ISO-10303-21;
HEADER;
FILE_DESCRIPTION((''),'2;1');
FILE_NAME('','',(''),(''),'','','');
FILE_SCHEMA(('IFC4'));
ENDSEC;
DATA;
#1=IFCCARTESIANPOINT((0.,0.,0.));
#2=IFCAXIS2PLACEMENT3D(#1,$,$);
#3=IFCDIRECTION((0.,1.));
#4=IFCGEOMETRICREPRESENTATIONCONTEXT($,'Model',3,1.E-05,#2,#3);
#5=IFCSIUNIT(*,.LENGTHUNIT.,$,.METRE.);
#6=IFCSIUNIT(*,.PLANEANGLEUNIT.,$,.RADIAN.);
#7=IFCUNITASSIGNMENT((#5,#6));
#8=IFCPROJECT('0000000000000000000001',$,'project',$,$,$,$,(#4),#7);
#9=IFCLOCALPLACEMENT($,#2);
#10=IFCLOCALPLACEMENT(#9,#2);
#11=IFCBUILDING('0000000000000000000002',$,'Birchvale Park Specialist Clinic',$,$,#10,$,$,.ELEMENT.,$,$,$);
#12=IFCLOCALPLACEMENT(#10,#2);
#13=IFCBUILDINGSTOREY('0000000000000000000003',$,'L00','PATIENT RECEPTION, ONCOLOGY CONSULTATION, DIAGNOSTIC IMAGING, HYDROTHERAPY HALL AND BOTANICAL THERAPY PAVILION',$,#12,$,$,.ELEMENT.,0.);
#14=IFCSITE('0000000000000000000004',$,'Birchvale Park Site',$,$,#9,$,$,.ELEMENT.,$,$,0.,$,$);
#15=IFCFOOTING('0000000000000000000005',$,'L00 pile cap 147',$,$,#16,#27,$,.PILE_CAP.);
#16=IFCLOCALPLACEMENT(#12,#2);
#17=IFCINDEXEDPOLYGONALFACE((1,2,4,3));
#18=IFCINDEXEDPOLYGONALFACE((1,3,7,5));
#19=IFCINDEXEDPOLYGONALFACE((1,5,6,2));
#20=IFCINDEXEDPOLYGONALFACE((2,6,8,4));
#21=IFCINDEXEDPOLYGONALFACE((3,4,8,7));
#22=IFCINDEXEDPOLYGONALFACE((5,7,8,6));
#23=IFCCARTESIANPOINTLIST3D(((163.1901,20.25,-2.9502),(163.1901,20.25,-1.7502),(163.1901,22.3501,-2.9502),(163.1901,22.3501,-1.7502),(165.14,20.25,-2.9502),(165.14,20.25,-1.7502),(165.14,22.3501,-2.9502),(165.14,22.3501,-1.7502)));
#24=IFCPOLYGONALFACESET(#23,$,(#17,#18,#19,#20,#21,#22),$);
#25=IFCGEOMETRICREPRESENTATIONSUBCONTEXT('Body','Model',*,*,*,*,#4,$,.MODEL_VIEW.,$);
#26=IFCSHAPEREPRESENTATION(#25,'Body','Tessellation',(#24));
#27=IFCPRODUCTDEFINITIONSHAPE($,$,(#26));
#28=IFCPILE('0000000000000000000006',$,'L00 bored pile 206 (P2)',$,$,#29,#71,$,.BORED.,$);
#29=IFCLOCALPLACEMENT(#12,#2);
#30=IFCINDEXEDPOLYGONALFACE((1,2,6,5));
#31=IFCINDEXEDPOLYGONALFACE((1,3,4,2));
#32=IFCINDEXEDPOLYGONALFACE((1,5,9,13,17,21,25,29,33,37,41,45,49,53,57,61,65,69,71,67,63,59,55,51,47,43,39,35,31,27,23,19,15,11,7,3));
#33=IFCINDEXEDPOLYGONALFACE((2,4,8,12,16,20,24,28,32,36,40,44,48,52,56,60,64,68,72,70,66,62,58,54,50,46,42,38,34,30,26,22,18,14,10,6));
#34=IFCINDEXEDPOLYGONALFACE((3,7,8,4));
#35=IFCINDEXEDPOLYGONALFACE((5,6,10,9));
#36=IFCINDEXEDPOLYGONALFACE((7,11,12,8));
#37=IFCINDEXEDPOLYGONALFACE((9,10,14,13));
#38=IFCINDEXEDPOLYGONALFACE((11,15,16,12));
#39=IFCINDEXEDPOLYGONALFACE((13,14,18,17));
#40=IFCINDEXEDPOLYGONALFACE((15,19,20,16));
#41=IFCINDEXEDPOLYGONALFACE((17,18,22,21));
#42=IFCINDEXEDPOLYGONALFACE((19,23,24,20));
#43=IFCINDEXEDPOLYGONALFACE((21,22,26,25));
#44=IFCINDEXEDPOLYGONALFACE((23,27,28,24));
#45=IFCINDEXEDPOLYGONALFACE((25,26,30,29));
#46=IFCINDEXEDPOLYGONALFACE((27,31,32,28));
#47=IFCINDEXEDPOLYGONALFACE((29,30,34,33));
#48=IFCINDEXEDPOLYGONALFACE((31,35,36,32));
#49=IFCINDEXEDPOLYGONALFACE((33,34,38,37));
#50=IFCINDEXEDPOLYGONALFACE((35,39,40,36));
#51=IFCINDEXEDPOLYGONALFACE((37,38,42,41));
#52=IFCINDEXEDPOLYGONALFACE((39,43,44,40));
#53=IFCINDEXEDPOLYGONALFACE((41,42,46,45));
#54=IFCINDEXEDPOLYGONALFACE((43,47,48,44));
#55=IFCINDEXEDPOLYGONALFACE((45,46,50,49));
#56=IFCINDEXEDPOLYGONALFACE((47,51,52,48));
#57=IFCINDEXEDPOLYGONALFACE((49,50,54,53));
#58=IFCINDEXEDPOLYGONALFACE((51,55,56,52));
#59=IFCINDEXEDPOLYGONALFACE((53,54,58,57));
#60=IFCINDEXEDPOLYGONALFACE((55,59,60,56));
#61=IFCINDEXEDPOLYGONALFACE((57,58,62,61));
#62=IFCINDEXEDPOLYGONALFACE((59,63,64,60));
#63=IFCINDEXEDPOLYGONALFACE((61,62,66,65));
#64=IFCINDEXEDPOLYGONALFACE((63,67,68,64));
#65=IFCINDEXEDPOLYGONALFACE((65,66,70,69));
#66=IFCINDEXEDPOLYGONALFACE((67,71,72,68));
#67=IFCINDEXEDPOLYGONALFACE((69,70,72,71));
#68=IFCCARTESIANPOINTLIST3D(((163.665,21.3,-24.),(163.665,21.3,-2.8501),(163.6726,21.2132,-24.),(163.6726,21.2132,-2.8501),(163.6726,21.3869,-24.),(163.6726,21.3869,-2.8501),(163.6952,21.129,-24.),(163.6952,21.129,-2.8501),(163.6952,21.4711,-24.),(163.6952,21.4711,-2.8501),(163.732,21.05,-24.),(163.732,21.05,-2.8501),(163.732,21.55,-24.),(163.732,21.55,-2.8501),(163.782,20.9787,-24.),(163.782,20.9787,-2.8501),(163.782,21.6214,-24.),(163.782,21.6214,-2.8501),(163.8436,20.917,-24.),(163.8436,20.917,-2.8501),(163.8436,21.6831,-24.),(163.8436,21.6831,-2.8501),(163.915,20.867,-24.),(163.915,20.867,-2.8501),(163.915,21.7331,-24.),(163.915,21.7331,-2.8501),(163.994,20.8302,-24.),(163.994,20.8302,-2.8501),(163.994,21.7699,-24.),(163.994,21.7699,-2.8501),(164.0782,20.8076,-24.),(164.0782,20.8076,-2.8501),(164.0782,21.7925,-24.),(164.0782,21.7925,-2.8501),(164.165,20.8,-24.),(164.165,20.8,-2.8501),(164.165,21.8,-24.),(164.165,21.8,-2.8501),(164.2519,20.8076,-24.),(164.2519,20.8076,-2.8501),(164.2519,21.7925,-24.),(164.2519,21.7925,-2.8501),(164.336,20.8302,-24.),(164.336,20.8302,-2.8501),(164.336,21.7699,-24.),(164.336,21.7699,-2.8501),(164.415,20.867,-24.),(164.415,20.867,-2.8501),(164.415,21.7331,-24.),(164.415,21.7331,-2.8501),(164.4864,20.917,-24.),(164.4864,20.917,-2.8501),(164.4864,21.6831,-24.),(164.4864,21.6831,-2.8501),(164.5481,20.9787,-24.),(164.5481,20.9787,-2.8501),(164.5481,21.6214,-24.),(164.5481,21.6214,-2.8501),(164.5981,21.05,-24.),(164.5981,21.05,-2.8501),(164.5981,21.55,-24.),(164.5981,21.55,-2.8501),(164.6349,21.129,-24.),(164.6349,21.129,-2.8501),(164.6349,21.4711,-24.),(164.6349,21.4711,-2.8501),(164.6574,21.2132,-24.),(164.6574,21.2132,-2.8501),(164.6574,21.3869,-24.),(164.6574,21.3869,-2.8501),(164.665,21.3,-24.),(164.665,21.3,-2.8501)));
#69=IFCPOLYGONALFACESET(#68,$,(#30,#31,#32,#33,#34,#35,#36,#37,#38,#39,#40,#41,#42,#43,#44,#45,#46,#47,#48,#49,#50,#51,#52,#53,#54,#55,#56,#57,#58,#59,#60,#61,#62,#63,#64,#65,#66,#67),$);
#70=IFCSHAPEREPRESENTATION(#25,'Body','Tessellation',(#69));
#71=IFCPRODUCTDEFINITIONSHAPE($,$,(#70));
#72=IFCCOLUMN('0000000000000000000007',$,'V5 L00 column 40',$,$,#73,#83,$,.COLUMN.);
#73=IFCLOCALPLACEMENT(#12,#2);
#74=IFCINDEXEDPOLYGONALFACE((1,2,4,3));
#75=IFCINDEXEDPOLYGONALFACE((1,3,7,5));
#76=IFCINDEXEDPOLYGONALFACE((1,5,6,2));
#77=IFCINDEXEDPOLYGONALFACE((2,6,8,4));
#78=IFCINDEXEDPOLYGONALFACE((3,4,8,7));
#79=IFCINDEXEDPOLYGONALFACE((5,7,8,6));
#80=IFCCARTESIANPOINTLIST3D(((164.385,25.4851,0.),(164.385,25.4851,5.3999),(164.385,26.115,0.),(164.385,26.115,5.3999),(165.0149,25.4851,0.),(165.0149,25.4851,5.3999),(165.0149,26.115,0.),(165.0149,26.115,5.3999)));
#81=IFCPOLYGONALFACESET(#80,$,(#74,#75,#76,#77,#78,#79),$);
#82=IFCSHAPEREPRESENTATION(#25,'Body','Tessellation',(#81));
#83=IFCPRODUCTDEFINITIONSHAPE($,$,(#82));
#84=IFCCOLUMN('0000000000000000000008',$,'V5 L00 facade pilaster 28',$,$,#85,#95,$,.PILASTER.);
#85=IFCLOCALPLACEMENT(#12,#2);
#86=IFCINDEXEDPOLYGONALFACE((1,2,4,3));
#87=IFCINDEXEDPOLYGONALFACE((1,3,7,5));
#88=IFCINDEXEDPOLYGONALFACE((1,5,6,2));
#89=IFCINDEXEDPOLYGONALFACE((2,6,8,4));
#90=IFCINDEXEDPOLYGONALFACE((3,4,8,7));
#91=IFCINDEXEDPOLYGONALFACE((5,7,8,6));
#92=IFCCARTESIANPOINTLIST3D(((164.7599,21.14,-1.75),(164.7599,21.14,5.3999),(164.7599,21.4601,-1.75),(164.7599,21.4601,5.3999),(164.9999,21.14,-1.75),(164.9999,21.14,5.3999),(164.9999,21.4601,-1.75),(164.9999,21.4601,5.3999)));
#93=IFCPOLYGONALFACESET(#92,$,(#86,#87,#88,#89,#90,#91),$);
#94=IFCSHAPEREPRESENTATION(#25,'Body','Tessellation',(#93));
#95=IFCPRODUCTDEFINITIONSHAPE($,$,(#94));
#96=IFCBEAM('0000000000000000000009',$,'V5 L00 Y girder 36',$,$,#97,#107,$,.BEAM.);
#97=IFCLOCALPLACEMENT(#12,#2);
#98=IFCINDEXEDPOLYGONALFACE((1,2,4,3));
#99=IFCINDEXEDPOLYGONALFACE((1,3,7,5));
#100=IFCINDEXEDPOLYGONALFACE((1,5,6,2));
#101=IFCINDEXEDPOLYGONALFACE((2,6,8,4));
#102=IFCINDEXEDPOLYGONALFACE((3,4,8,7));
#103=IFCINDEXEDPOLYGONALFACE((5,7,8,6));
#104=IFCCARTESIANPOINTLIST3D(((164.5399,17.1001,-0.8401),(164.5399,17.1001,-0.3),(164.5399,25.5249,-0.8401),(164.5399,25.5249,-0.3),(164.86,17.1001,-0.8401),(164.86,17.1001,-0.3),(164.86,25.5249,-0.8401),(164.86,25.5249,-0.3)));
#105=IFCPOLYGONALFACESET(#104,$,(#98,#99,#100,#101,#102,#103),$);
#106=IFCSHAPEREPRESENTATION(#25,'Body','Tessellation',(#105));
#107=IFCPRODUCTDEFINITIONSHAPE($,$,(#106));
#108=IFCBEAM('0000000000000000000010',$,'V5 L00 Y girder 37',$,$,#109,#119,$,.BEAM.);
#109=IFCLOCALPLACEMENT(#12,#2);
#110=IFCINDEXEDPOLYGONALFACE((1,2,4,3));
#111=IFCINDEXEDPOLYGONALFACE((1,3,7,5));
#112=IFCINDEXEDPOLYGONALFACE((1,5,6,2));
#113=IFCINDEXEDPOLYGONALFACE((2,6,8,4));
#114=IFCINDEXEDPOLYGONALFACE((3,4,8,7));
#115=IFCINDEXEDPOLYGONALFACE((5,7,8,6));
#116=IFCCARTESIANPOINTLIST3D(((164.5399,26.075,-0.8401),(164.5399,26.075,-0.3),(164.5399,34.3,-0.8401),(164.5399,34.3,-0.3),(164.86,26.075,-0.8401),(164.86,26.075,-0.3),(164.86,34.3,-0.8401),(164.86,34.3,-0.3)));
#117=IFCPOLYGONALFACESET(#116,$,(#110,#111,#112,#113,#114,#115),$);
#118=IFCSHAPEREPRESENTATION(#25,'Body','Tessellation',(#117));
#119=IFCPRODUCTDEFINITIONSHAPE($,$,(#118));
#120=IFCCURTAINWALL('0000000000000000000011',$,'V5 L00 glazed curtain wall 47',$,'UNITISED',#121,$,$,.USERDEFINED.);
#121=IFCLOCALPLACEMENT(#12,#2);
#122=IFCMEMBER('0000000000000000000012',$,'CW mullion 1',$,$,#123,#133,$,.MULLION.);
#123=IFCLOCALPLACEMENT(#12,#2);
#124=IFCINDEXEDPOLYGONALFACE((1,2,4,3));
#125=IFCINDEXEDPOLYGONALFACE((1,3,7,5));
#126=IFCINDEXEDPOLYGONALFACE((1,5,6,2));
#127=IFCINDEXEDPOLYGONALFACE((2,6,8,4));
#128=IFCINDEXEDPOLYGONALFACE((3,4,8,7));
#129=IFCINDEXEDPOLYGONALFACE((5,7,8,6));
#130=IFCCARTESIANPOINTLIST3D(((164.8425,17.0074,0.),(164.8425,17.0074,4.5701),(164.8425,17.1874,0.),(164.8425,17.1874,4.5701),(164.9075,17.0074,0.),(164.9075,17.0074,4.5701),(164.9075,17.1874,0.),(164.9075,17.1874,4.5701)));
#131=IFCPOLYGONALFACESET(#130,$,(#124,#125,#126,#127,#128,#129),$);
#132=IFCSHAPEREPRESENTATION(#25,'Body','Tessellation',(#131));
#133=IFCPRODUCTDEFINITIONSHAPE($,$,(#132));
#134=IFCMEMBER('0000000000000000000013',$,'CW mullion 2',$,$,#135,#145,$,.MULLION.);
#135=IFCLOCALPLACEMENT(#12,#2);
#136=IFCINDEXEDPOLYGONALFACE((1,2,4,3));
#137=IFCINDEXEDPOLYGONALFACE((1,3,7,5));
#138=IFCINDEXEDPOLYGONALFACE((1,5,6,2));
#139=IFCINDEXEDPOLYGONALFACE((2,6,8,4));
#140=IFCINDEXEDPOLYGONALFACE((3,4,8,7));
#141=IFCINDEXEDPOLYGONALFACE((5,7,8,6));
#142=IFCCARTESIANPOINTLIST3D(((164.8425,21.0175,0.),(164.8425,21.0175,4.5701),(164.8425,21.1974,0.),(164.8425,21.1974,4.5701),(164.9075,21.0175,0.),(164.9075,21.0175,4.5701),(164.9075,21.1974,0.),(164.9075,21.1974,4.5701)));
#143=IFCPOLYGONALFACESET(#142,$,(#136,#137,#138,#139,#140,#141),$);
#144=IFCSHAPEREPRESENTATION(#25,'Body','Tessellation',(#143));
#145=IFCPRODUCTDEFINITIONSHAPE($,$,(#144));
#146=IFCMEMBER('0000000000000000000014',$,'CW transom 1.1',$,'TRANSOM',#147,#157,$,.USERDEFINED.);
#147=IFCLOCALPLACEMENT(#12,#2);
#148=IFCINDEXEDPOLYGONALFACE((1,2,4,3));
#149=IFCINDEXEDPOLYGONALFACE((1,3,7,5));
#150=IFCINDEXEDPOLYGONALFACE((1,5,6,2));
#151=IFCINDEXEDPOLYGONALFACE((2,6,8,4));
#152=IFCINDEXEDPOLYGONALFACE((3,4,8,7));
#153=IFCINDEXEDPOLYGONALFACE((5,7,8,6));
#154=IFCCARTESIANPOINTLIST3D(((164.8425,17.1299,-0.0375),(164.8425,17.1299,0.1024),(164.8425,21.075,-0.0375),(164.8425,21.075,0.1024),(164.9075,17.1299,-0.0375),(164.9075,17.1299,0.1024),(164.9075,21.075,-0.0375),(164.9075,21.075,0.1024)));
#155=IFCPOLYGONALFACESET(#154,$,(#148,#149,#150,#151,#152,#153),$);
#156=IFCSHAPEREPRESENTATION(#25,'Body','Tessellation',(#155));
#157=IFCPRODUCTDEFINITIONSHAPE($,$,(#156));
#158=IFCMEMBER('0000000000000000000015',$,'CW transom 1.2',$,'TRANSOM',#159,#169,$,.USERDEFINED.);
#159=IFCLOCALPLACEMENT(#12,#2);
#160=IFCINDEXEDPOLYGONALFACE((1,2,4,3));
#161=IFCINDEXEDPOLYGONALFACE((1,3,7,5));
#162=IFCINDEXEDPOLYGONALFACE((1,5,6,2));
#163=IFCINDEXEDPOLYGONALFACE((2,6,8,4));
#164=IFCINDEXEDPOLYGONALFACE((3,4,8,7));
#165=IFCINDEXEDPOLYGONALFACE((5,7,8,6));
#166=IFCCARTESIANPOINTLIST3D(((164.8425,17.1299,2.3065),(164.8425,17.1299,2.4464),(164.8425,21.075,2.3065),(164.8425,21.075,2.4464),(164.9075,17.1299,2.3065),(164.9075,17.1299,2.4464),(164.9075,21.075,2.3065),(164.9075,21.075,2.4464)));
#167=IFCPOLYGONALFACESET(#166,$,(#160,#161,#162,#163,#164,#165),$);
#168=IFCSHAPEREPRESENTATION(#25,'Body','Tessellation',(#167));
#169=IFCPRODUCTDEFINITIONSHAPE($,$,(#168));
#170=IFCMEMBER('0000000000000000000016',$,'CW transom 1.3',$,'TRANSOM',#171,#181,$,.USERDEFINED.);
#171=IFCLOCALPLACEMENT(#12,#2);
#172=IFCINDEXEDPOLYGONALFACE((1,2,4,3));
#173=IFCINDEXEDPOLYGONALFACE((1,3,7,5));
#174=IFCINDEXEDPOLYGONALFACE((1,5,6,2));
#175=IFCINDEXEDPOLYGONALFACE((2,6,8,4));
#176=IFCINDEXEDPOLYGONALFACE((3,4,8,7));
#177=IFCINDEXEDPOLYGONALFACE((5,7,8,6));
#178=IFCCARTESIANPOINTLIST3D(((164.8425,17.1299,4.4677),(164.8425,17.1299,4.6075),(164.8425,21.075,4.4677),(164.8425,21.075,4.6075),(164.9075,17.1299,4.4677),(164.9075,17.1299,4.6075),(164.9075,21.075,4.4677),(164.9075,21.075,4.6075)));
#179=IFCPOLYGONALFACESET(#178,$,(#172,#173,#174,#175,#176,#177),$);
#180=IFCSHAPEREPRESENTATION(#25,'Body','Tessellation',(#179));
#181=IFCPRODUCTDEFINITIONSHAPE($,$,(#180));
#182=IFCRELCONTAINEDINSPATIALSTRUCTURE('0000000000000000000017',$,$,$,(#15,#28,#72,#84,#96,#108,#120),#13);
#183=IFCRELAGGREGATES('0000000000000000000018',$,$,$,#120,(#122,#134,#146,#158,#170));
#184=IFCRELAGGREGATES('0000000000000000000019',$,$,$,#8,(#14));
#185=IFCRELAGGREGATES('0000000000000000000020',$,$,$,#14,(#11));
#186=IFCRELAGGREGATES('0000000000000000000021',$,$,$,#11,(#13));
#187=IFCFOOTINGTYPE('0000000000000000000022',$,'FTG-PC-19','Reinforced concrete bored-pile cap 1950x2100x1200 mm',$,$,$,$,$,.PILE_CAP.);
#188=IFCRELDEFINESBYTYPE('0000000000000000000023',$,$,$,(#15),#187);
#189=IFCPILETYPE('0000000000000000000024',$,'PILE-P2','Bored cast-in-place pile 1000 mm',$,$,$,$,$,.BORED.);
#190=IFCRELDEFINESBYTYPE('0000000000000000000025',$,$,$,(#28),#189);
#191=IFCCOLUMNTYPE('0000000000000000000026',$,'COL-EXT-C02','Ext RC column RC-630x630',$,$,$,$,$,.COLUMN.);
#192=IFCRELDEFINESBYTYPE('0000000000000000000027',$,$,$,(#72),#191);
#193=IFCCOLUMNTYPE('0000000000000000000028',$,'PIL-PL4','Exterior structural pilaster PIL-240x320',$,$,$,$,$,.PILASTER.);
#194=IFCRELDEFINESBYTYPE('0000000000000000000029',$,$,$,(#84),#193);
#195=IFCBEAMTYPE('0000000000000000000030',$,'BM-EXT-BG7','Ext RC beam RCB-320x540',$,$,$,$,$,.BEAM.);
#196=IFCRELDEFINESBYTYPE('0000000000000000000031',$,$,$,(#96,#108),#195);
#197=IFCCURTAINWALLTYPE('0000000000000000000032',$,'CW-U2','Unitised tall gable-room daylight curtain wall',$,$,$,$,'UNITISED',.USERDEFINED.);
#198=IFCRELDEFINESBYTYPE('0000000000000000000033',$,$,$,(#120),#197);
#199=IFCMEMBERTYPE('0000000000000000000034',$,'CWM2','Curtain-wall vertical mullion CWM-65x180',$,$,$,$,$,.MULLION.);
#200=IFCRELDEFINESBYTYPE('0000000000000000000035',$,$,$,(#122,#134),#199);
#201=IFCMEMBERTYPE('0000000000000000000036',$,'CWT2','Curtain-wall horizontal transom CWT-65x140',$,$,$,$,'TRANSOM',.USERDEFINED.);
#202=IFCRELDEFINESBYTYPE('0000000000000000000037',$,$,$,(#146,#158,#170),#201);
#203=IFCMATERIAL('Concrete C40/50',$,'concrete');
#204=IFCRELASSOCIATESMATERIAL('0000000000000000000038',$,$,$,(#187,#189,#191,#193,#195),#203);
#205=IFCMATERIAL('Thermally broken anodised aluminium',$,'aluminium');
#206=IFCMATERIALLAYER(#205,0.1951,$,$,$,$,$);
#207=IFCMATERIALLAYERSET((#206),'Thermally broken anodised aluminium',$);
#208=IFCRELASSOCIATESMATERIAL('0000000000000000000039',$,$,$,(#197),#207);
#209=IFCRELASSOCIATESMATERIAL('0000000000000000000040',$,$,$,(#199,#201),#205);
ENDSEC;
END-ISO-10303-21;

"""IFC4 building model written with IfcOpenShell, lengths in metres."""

from ifc_helpers import new_model, si_unit, direction, frame, origin, origin_2d, place, context, subcontext, project, spatial, rectangle, circle, extrude, material, layer, layer_set, material_profile, profile_set, type_object, element, aggregate, save


model = new_model("IFC4")

# Units and contexts
model_context = context("Model", 3, precision=1e-05, world=origin(), true_north=direction((0.0, 1.0)))
body_context = subcontext(model_context, "Body", "Model", "MODEL_VIEW")
ifc_project = project(units=[si_unit("LENGTHUNIT", "METRE"), si_unit("PLANEANGLEUNIT", "RADIAN")], contexts=[model_context])

# Site, building, storey
site_placement = place(None, origin())
site = spatial("IfcSite", under=ifc_project, at=site_placement, Name="Birchvale Park Site", CompositionType="ELEMENT", RefElevation=0.0)
building_placement = place(site_placement, origin())
building = spatial("IfcBuilding", under=site, at=building_placement, Name="Birchvale Park Specialist Clinic", CompositionType="ELEMENT")
storey_placement = place(building_placement, origin())
storey = spatial("IfcBuildingStorey", under=building, at=storey_placement, Name="L00", Description="PATIENT RECEPTION, ONCOLOGY CONSULTATION, DIAGNOSTIC IMAGING, HYDROTHERAPY HALL AND BOTANICAL THERAPY PAVILION", CompositionType="ELEMENT", Elevation=0.0)

# Footing
ifc_material_1 = material(Name="Concrete C40/50", Category="concrete")
footing_type = type_object("IfcFootingType", Name="FTG-PC-19", Description="Reinforced concrete bored-pile cap 1950x2100x1200 mm", PredefinedType="PILE_CAP", material=ifc_material_1)
footing_placement = place(storey_placement, frame((164.165, 21.3, -2.9502), z_axis=(0.0, 0.0, 1.0), x_axis=(1.0, 0.0, 0.0)))
element("IfcFooting", 1, at=footing_placement, inside=storey, type_object=footing_type, Name="L00 pile cap 147", PredefinedType="PILE_CAP", context=body_context, shape_type="SweptSolid", body=[
    extrude(rectangle(XDim=1.95, YDim=2.1001, at=origin_2d()), origin(), (0.0, 0.0, 1.0), 1.2),
])

# Pile
ifc_material_profile_1 = material_profile(ifc_material_1, circle(Radius=0.5, at=origin_2d()), Name="PILE-1000")
ifc_profile_set_1 = profile_set([ifc_material_profile_1], Name="Concrete C40/50")
pile_type = type_object("IfcPileType", Name="PILE-P2", Description="Bored cast-in-place pile 1000 mm", PredefinedType="BORED", material=ifc_profile_set_1)
pile_placement = place(storey_placement, frame((164.165, 21.3, -2.8501), z_axis=(0.0, 0.0, -1.0), x_axis=(1.0, 0.0, 0.0)))
element("IfcPile", 2, at=pile_placement, inside=storey, type_object=pile_type, Name="L00 bored pile 206 (P2)", PredefinedType="BORED", context=body_context, shape_type="SweptSolid", body=[
    extrude(circle(Radius=0.5, at=origin_2d()), origin(), (0.0, 0.0, 1.0), 21.1499),
])

# Columns
ifc_material_profile_2 = material_profile(ifc_material_1, rectangle(XDim=0.6299, YDim=0.6299, at=origin_2d()), Name="RC-630x630")
ifc_profile_set_2 = profile_set([ifc_material_profile_2], Name="Concrete C40/50")
column_type_1 = type_object("IfcColumnType", Name="COL-EXT-C02", Description="Ext RC column RC-630x630", PredefinedType="COLUMN", material=ifc_profile_set_2)
column_1_placement = place(storey_placement, frame((164.7, 25.8, 0.0), z_axis=(0.0, 0.0, 1.0), x_axis=(1.0, 0.0, 0.0)))
element("IfcColumn", 3, at=column_1_placement, inside=storey, type_object=column_type_1, Name="V5 L00 column 40", PredefinedType="COLUMN", context=body_context, shape_type="SweptSolid", body=[
    extrude(rectangle(XDim=0.6299, YDim=0.6299, at=origin_2d()), origin(), (0.0, 0.0, 1.0), 5.3999),
])
ifc_material_profile_3 = material_profile(ifc_material_1, rectangle(XDim=0.24, YDim=0.3201, at=origin_2d()), Name="PIL-240x320")
ifc_profile_set_3 = profile_set([ifc_material_profile_3], Name="Concrete C40/50")
column_type_2 = type_object("IfcColumnType", Name="PIL-PL4", Description="Exterior structural pilaster PIL-240x320", PredefinedType="PILASTER", material=ifc_profile_set_3)
column_2_placement = place(storey_placement, frame((164.8799, 21.3, -1.75), z_axis=(0.0, 0.0, 1.0), x_axis=(1.0, 0.0, 0.0)))
element("IfcColumn", 4, at=column_2_placement, inside=storey, type_object=column_type_2, Name="V5 L00 facade pilaster 28", PredefinedType="PILASTER", context=body_context, shape_type="SweptSolid", body=[
    extrude(rectangle(XDim=0.24, YDim=0.3201, at=origin_2d()), origin(), (0.0, 0.0, 1.0), 7.1499),
])

# Beams
ifc_material_profile_4 = material_profile(ifc_material_1, rectangle(XDim=0.3201, YDim=0.54, at=origin_2d()), Name="RCB-320x540")
ifc_profile_set_4 = profile_set([ifc_material_profile_4], Name="Concrete C40/50")
beam_type_1 = type_object("IfcBeamType", Name="BM-EXT-BG7", Description="Ext RC beam RCB-320x540", PredefinedType="BEAM", material=ifc_profile_set_4)
beam_1_placement = place(storey_placement, frame((164.7, 17.1001, -0.5701), z_axis=(0.0, 1.0, 0.0), x_axis=(-1.0, 0.0, 0.0)))
element("IfcBeam", 5, at=beam_1_placement, inside=storey, type_object=beam_type_1, Name="V5 L00 Y girder 36", PredefinedType="BEAM", context=body_context, shape_type="SweptSolid", body=[
    extrude(rectangle(XDim=0.3201, YDim=0.54, at=origin_2d()), origin(), (0.0, 0.0, 1.0), 8.4248),
])
beam_2_placement = place(storey_placement, frame((164.7, 26.075, -0.5701), z_axis=(0.0, 1.0, 0.0), x_axis=(-1.0, 0.0, 0.0)))
element("IfcBeam", 6, at=beam_2_placement, inside=storey, type_object=beam_type_1, Name="V5 L00 Y girder 37", PredefinedType="BEAM", context=body_context, shape_type="SweptSolid", body=[
    extrude(rectangle(XDim=0.3201, YDim=0.54, at=origin_2d()), origin(), (0.0, 0.0, 1.0), 8.2251),
])

# Curtain wall, members
ifc_material_2 = material(Name="Thermally broken anodised aluminium", Category="aluminium")
ifc_layer_1 = layer(ifc_material_2, 0.1951)
ifc_layer_set_1 = layer_set([ifc_layer_1], Name="Thermally broken anodised aluminium")
curtain_wall_type = type_object("IfcCurtainWallType", Name="CW-U2", Description="Unitised tall gable-room daylight curtain wall", ElementType="UNITISED", PredefinedType="USERDEFINED", material=ifc_layer_set_1)
curtain_wall_placement = place(storey_placement, origin())
curtain_wall = element("IfcCurtainWall", 7, at=curtain_wall_placement, inside=storey, type_object=curtain_wall_type, Name="V5 L00 glazed curtain wall 47", ObjectType="UNITISED", PredefinedType="USERDEFINED")
ifc_material_profile_5 = material_profile(ifc_material_2, rectangle(XDim=0.0649, YDim=0.1799, at=origin_2d()), Name="CWM-65x180")
ifc_profile_set_5 = profile_set([ifc_material_profile_5], Name="Thermally broken anodised aluminium")
member_type_1 = type_object("IfcMemberType", Name="CWM2", Description="Curtain-wall vertical mullion CWM-65x180", PredefinedType="MULLION", material=ifc_profile_set_5)
member_1_placement = place(storey_placement, frame((164.875, 17.0974, 0.0), z_axis=(0.0, 0.0, 1.0), x_axis=(-1.0, 0.0, 0.0)))
member_1 = element("IfcMember", 8, at=member_1_placement, type_object=member_type_1, Name="CW mullion 1", PredefinedType="MULLION", context=body_context, shape_type="SweptSolid", body=[
    extrude(rectangle(XDim=0.0649, YDim=0.1799, at=origin_2d()), origin(), (0.0, 0.0, 1.0), 4.5701),
])
member_2_placement = place(storey_placement, frame((164.875, 21.1074, 0.0), z_axis=(0.0, 0.0, 1.0), x_axis=(-1.0, 0.0, 0.0)))
member_2 = element("IfcMember", 9, at=member_2_placement, type_object=member_type_1, Name="CW mullion 2", PredefinedType="MULLION", context=body_context, shape_type="SweptSolid", body=[
    extrude(rectangle(XDim=0.0649, YDim=0.1799, at=origin_2d()), origin(), (0.0, 0.0, 1.0), 4.5701),
])
ifc_material_profile_6 = material_profile(ifc_material_2, rectangle(XDim=0.0649, YDim=0.1399, at=origin_2d()), Name="CWT-65x140")
ifc_profile_set_6 = profile_set([ifc_material_profile_6], Name="Thermally broken anodised aluminium")
member_type_2 = type_object("IfcMemberType", Name="CWT2", Description="Curtain-wall horizontal transom CWT-65x140", ElementType="TRANSOM", PredefinedType="USERDEFINED", material=ifc_profile_set_6)
member_3_placement = place(storey_placement, frame((164.875, 17.1299, 0.0325), z_axis=(0.0, 1.0, 0.0), x_axis=(-1.0, 0.0, 0.0)))
member_3 = element("IfcMember", 10, at=member_3_placement, type_object=member_type_2, Name="CW transom 1.1", ObjectType="TRANSOM", PredefinedType="USERDEFINED", context=body_context, shape_type="SweptSolid", body=[
    extrude(rectangle(XDim=0.0649, YDim=0.1399, at=origin_2d()), origin(), (0.0, 0.0, 1.0), 3.9451),
])
member_4_placement = place(storey_placement, frame((164.875, 17.1299, 2.3765), z_axis=(0.0, 1.0, 0.0), x_axis=(-1.0, 0.0, 0.0)))
member_4 = element("IfcMember", 11, at=member_4_placement, type_object=member_type_2, Name="CW transom 1.2", ObjectType="TRANSOM", PredefinedType="USERDEFINED", context=body_context, shape_type="SweptSolid", body=[
    extrude(rectangle(XDim=0.0649, YDim=0.1399, at=origin_2d()), origin(), (0.0, 0.0, 1.0), 3.9451),
])
member_5_placement = place(storey_placement, frame((164.875, 17.1299, 4.5376), z_axis=(0.0, 1.0, 0.0), x_axis=(-1.0, 0.0, 0.0)))
member_5 = element("IfcMember", 12, at=member_5_placement, type_object=member_type_2, Name="CW transom 1.3", ObjectType="TRANSOM", PredefinedType="USERDEFINED", context=body_context, shape_type="SweptSolid", body=[
    extrude(rectangle(XDim=0.0649, YDim=0.1399, at=origin_2d()), origin(), (0.0, 0.0, 1.0), 3.9451),
])

aggregate(curtain_wall, [member_1, member_2, member_3, member_4, member_5])

save(model, "model.ifc")
